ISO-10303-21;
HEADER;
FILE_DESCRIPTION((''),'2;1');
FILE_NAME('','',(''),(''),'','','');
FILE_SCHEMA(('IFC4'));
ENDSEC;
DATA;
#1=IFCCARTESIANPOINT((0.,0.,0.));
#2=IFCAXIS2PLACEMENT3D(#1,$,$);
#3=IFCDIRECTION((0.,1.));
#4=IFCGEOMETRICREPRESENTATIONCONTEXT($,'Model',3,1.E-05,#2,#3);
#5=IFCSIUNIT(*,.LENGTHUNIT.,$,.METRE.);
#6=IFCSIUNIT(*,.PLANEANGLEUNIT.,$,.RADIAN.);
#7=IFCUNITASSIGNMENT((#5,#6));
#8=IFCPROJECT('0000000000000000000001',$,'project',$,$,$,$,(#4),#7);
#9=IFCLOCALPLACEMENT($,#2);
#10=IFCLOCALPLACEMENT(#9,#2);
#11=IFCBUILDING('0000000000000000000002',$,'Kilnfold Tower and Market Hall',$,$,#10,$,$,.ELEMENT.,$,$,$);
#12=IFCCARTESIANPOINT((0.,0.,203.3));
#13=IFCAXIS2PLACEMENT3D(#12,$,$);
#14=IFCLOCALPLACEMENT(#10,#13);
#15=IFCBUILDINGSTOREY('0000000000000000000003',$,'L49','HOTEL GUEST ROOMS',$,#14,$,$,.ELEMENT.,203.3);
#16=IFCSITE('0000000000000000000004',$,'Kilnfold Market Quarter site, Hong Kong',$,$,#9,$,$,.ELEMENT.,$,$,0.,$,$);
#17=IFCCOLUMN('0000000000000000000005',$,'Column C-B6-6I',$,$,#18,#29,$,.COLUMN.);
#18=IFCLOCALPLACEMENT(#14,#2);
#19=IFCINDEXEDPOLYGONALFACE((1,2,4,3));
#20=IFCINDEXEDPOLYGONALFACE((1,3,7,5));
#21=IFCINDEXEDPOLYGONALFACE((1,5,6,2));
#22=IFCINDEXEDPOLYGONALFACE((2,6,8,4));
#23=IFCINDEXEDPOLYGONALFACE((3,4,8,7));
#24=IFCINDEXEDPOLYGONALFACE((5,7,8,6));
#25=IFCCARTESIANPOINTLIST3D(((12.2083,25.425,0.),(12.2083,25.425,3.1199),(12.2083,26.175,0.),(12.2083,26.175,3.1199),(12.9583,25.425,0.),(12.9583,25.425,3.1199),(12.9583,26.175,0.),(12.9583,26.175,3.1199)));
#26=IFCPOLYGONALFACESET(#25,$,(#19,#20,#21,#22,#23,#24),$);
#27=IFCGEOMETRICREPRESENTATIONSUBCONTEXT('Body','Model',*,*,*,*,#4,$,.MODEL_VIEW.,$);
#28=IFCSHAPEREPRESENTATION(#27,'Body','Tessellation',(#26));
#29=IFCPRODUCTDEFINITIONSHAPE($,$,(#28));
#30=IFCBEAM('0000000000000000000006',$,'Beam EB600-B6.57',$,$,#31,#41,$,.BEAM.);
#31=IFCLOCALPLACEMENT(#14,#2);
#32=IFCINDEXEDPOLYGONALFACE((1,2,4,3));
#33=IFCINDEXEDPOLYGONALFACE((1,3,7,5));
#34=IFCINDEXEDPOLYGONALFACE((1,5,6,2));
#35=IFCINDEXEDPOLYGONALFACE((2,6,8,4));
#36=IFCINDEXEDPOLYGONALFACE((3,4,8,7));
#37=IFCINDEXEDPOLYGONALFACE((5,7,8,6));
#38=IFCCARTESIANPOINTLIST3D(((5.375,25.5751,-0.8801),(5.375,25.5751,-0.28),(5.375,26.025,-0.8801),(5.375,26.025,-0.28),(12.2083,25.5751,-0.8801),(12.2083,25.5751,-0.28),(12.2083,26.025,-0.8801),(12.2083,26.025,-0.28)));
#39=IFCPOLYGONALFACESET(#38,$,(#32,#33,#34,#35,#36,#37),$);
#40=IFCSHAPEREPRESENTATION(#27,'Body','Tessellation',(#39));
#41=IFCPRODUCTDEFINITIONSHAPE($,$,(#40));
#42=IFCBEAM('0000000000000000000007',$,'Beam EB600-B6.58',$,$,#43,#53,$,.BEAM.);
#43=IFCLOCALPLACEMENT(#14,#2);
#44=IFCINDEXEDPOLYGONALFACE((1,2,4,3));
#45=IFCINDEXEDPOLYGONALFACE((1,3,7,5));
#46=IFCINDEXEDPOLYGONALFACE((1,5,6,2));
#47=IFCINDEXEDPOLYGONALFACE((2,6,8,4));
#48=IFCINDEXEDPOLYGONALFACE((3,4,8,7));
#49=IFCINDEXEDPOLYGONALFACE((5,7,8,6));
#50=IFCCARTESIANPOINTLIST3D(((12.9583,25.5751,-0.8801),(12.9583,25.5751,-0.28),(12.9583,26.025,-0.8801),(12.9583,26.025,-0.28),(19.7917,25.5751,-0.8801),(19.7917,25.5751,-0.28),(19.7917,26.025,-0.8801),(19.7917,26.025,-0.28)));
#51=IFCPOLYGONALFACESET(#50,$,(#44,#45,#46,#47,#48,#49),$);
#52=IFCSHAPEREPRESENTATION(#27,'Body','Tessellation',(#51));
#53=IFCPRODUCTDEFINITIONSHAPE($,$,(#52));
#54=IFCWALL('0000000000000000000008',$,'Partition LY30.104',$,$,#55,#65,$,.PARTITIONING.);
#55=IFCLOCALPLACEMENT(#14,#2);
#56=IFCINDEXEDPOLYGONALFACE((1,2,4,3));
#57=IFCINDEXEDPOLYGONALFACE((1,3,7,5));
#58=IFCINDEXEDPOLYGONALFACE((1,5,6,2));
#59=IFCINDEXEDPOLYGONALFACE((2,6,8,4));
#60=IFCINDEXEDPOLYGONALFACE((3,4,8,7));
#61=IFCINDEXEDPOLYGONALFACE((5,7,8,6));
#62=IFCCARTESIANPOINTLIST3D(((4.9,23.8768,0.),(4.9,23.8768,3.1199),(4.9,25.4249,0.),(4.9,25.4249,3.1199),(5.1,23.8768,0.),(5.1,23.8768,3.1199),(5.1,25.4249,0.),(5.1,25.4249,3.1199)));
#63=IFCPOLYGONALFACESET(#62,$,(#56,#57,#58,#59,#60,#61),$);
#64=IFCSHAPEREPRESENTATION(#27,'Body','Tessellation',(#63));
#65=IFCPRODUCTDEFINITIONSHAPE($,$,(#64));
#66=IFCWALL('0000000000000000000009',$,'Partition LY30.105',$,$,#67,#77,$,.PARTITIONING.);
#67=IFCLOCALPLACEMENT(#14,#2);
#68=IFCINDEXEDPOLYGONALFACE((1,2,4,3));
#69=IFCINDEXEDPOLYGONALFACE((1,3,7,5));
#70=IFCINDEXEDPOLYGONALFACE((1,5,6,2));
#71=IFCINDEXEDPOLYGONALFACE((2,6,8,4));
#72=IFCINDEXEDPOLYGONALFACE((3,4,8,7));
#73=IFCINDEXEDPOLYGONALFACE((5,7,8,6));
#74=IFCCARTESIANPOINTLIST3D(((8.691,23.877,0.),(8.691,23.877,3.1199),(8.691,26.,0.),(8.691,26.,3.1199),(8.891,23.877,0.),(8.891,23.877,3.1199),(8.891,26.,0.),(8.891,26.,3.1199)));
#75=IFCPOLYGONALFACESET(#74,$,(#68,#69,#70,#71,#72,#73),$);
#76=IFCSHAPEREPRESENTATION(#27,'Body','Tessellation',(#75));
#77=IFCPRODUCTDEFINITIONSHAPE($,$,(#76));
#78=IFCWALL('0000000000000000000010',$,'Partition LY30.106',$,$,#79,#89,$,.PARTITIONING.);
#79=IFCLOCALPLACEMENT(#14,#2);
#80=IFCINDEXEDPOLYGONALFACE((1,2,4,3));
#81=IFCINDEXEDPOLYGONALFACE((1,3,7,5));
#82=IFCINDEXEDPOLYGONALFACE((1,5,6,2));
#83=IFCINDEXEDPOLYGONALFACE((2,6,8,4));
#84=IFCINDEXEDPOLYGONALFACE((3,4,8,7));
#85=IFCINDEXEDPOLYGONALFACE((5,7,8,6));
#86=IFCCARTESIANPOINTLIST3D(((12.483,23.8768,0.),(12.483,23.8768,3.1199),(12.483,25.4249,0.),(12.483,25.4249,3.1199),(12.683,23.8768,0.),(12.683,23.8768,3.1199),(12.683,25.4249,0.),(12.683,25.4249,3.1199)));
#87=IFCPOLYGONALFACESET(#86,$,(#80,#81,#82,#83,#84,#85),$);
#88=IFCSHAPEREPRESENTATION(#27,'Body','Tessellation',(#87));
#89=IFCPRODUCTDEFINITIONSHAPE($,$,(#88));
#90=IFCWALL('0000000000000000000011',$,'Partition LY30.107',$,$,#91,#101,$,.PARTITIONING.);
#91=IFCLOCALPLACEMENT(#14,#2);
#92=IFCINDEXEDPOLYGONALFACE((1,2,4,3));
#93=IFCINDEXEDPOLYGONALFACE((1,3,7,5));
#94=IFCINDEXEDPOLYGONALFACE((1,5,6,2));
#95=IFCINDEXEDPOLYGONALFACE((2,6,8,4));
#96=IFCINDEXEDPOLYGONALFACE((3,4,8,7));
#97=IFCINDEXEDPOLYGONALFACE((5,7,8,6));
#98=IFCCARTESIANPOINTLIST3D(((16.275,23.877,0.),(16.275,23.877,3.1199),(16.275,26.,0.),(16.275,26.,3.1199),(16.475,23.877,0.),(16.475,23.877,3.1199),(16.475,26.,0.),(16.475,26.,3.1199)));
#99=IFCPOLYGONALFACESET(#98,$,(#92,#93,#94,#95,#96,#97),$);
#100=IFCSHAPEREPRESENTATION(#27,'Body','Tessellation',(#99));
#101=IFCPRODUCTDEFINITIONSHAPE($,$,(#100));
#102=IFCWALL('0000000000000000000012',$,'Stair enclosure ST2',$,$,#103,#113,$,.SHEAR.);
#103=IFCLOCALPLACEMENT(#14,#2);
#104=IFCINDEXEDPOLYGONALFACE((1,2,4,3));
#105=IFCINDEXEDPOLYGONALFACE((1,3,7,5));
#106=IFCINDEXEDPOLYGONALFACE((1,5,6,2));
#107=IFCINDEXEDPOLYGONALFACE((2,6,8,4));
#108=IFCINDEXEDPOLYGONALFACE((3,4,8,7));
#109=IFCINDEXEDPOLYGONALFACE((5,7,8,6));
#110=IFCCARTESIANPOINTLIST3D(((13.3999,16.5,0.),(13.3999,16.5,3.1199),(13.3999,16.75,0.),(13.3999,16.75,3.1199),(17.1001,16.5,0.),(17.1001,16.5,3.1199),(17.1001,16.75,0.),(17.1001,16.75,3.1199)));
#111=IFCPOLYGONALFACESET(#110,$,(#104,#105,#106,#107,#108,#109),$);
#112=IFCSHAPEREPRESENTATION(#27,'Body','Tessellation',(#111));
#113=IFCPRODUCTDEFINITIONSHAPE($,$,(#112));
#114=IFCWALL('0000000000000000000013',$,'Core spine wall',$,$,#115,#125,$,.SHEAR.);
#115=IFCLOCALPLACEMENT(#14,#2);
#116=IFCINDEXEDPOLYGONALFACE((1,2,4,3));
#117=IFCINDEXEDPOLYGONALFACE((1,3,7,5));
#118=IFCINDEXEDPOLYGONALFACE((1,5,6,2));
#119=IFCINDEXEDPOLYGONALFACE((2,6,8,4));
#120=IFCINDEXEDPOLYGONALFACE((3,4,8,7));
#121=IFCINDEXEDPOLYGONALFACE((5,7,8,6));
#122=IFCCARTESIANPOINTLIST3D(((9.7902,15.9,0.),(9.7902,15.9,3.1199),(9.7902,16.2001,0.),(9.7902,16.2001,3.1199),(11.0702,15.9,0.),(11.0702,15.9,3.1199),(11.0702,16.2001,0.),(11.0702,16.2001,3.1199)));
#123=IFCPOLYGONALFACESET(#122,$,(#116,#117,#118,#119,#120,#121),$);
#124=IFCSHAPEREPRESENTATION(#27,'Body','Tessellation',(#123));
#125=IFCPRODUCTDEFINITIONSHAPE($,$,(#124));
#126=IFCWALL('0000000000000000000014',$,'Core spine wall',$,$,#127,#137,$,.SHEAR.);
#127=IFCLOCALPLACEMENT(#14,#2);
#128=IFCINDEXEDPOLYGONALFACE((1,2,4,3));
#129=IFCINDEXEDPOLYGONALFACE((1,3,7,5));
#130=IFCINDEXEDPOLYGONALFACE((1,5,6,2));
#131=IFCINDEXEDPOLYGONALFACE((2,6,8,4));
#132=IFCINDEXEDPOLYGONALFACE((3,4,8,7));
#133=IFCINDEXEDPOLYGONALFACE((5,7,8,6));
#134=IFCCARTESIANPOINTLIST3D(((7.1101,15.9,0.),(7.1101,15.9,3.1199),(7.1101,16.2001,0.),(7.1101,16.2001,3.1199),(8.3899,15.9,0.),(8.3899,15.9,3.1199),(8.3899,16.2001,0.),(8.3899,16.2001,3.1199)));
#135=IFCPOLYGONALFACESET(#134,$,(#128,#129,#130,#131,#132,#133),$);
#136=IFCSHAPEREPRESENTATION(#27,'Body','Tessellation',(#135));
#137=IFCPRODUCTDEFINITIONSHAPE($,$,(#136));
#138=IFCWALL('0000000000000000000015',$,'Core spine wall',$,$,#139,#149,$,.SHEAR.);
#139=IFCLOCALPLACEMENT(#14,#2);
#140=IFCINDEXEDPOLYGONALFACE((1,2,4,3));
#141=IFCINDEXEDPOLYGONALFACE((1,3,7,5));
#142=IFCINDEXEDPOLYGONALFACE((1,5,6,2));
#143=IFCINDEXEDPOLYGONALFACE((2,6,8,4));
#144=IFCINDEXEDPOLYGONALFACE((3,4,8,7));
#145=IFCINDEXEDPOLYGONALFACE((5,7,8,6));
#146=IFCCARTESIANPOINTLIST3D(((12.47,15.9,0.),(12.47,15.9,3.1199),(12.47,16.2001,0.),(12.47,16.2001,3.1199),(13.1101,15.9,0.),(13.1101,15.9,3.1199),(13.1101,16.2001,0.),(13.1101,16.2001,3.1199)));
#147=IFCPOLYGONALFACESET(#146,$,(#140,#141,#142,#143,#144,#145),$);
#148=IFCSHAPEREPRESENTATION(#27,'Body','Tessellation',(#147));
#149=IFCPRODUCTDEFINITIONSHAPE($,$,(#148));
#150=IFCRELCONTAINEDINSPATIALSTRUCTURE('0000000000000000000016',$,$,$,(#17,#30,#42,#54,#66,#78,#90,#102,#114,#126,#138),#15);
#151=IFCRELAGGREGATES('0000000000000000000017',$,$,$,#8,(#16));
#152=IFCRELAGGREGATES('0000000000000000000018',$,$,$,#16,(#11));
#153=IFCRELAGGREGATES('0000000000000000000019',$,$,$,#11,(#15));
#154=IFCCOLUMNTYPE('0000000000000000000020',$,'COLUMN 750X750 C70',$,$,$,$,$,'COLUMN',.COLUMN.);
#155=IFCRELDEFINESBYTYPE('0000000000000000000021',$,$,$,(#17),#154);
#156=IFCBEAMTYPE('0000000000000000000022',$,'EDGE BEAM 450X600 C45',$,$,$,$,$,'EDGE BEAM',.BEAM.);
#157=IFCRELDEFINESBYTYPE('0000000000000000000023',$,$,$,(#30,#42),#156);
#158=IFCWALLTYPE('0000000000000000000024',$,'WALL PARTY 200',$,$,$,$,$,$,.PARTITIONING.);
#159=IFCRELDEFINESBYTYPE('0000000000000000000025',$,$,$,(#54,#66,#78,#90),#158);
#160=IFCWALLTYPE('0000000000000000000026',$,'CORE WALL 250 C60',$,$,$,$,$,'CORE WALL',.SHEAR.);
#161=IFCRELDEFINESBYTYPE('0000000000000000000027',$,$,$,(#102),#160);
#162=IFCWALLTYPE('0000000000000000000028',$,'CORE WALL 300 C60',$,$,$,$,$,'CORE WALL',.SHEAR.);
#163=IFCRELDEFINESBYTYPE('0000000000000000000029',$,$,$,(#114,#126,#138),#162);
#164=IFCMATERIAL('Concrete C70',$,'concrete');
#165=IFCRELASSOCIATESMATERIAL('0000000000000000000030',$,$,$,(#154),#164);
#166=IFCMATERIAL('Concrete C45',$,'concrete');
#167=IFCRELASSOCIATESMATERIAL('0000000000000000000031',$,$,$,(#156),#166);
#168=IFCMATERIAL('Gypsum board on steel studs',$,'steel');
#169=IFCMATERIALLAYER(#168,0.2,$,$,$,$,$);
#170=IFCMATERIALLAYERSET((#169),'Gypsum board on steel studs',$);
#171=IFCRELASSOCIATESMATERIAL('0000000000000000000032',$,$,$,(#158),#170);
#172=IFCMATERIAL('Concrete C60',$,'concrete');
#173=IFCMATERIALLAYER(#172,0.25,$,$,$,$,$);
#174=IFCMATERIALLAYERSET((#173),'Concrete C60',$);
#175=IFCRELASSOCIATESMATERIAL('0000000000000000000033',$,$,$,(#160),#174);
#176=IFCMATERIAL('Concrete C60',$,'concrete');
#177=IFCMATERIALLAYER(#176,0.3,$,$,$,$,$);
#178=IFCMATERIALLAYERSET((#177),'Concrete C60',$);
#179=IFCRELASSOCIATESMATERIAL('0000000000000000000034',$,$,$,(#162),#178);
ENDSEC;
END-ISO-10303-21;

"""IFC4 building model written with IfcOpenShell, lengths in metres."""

from ifc_helpers import new_model, si_unit, direction, frame, frame_2d, origin, origin_2d, place, context, subcontext, project, spatial, rectangle, extrude, source, transform, mapped, material, layer, layer_set, material_profile, profile_set, type_object, element, save


model = new_model("IFC4")

# Units and contexts
model_context = context("Model", 3, precision=1e-05, world=origin(), true_north=direction((0.0, 1.0)))
body_context = subcontext(model_context, "Body", "Model", "MODEL_VIEW")
ifc_project = project(units=[si_unit("LENGTHUNIT", "METRE"), si_unit("PLANEANGLEUNIT", "RADIAN")], contexts=[model_context])

# Site, building, storey
site_placement = place(None, origin())
site = spatial("IfcSite", under=ifc_project, at=site_placement, Name="Kilnfold Market Quarter site, Hong Kong", CompositionType="ELEMENT", RefElevation=0.0)
building_placement = place(site_placement, origin())
building = spatial("IfcBuilding", under=site, at=building_placement, Name="Kilnfold Tower and Market Hall", CompositionType="ELEMENT")
storey_placement = place(building_placement, frame((0.0, 0.0, 203.3)))
storey = spatial("IfcBuildingStorey", under=building, at=storey_placement, Name="L49", Description="HOTEL GUEST ROOMS", CompositionType="ELEMENT", Elevation=203.3)

# Column
ifc_material_1 = material(Name="Concrete C70", Category="concrete")
ifc_material_profile_1 = material_profile(ifc_material_1, rectangle(XDim=0.75, YDim=0.75, at=origin_2d()), Name="RC 750x750")
ifc_profile_set_1 = profile_set([ifc_material_profile_1], Name="Concrete C70")
column_type = type_object("IfcColumnType", Name="COLUMN 750X750 C70", ElementType="COLUMN", PredefinedType="COLUMN", material=ifc_profile_set_1)
shared_shape_1 = source(origin(), body_context, "Body", "SweptSolid", [
    extrude(rectangle(XDim=0.75, YDim=0.75, at=origin_2d()), origin(), (0.0, 0.0, 1.0), 3.1199),
])
column_placement = place(storey_placement, frame((12.5833, 25.8, 0.0), z_axis=(0.0, 0.0, 1.0), x_axis=(1.0, 0.0, 0.0)))
element("IfcColumn", 1, at=column_placement, inside=storey, type_object=column_type, Name="Column C-B6-6I", PredefinedType="COLUMN", context=body_context, shape_type="MappedRepresentation", body=[
    mapped(shared_shape_1, transform((0.0, 0.0, 0.0))),
])

# Beams
ifc_material_2 = material(Name="Concrete C45", Category="concrete")
ifc_material_profile_2 = material_profile(ifc_material_2, rectangle(XDim=0.45, YDim=0.6001, at=origin_2d()), Name="RC 450x600")
ifc_profile_set_2 = profile_set([ifc_material_profile_2], Name="Concrete C45")
beam_type = type_object("IfcBeamType", Name="EDGE BEAM 450X600 C45", ElementType="EDGE BEAM", PredefinedType="BEAM", material=ifc_profile_set_2)
shared_shape_2 = source(origin(), body_context, "Body", "SweptSolid", [
    extrude(rectangle(XDim=0.45, YDim=0.6001, at=origin_2d()), origin(), (0.0, 0.0, 1.0), 6.8333),
])
beam_1_placement = place(storey_placement, frame((5.375, 25.8, -0.5801), z_axis=(1.0, 0.0, 0.0), x_axis=(0.0, 1.0, 0.0)))
element("IfcBeam", 2, at=beam_1_placement, inside=storey, type_object=beam_type, Name="Beam EB600-B6.57", PredefinedType="BEAM", context=body_context, shape_type="MappedRepresentation", body=[
    mapped(shared_shape_2, transform((0.0, 0.0, 0.0))),
])
shared_shape_3 = source(origin(), body_context, "Body", "SweptSolid", [
    extrude(rectangle(XDim=0.45, YDim=0.6001, at=origin_2d()), origin(), (0.0, 0.0, 1.0), 6.8335),
])
beam_2_placement = place(storey_placement, frame((12.9583, 25.8, -0.5801), z_axis=(1.0, 0.0, 0.0), x_axis=(0.0, 1.0, 0.0)))
element("IfcBeam", 3, at=beam_2_placement, inside=storey, type_object=beam_type, Name="Beam EB600-B6.58", PredefinedType="BEAM", context=body_context, shape_type="MappedRepresentation", body=[
    mapped(shared_shape_3, transform((0.0, 0.0, 0.0))),
])

# Walls
ifc_material_3 = material(Name="Gypsum board on steel studs", Category="steel")
ifc_layer_1 = layer(ifc_material_3, 0.2)
ifc_layer_set_1 = layer_set([ifc_layer_1], Name="Gypsum board on steel studs")
wall_type_1 = type_object("IfcWallType", Name="WALL PARTY 200", PredefinedType="PARTITIONING", material=ifc_layer_set_1)
wall_1_placement = place(storey_placement, frame((5.0, 23.877, 0.0), z_axis=(0.0, 0.0, 1.0), x_axis=(0.0, 1.0, 0.0)))
element("IfcWall", 4, at=wall_1_placement, inside=storey, type_object=wall_type_1, Name="Partition LY30.104", PredefinedType="PARTITIONING", context=body_context, shape_type="SweptSolid", body=[
    extrude(rectangle(XDim=1.5481, YDim=0.2, at=frame_2d((0.7739, 0.0))), origin(), (0.0, 0.0, 1.0), 3.1199),
])
wall_2_placement = place(storey_placement, frame((8.791, 23.877, 0.0), z_axis=(0.0, 0.0, 1.0), x_axis=(0.0, 1.0, 0.0)))
element("IfcWall", 5, at=wall_2_placement, inside=storey, type_object=wall_type_1, Name="Partition LY30.105", PredefinedType="PARTITIONING", context=body_context, shape_type="SweptSolid", body=[
    extrude(rectangle(XDim=2.123, YDim=0.2, at=frame_2d((1.0615, 0.0))), origin(), (0.0, 0.0, 1.0), 3.1199),
])
wall_3_placement = place(storey_placement, frame((12.583, 23.877, 0.0), z_axis=(0.0, 0.0, 1.0), x_axis=(0.0, 1.0, 0.0)))
element("IfcWall", 6, at=wall_3_placement, inside=storey, type_object=wall_type_1, Name="Partition LY30.106", PredefinedType="PARTITIONING", context=body_context, shape_type="SweptSolid", body=[
    extrude(rectangle(XDim=1.5481, YDim=0.2, at=frame_2d((0.7739, 0.0))), origin(), (0.0, 0.0, 1.0), 3.1199),
])
wall_4_placement = place(storey_placement, frame((16.375, 23.877, 0.0), z_axis=(0.0, 0.0, 1.0), x_axis=(0.0, 1.0, 0.0)))
element("IfcWall", 7, at=wall_4_placement, inside=storey, type_object=wall_type_1, Name="Partition LY30.107", PredefinedType="PARTITIONING", context=body_context, shape_type="SweptSolid", body=[
    extrude(rectangle(XDim=2.123, YDim=0.2, at=frame_2d((1.0615, 0.0))), origin(), (0.0, 0.0, 1.0), 3.1199),
])
ifc_material_4 = material(Name="Concrete C60", Category="concrete")
ifc_layer_2 = layer(ifc_material_4, 0.25)
ifc_layer_set_2 = layer_set([ifc_layer_2], Name="Concrete C60")
wall_type_2 = type_object("IfcWallType", Name="CORE WALL 250 C60", ElementType="CORE WALL", PredefinedType="SHEAR", material=ifc_layer_set_2)
shared_shape_4 = source(origin(), body_context, "Body", "SweptSolid", [
    extrude(rectangle(XDim=3.7002, YDim=0.25, at=frame_2d((1.8501, 0.0))), origin(), (0.0, 0.0, 1.0), 3.1199),
])
wall_5_placement = place(storey_placement, frame((13.3999, 16.625, 0.0), z_axis=(0.0, 0.0, 1.0), x_axis=(1.0, 0.0, 0.0)))
element("IfcWall", 8, at=wall_5_placement, inside=storey, type_object=wall_type_2, Name="Stair enclosure ST2", PredefinedType="SHEAR", context=body_context, shape_type="MappedRepresentation", body=[
    mapped(shared_shape_4, transform((0.0, 0.0, 0.0))),
])
ifc_material_5 = material(Name="Concrete C60", Category="concrete")
ifc_layer_3 = layer(ifc_material_5, 0.3)
ifc_layer_set_3 = layer_set([ifc_layer_3], Name="Concrete C60")
wall_type_3 = type_object("IfcWallType", Name="CORE WALL 300 C60", ElementType="CORE WALL", PredefinedType="SHEAR", material=ifc_layer_set_3)
shared_shape_5 = source(origin(), body_context, "Body", "SweptSolid", [
    extrude(rectangle(XDim=1.28, YDim=0.3, at=frame_2d((0.6401, 0.0))), origin(), (0.0, 0.0, 1.0), 3.1199),
])
wall_6_placement = place(storey_placement, frame((9.79, 16.05, 0.0), z_axis=(0.0, 0.0, 1.0), x_axis=(1.0, 0.0, 0.0)))
element("IfcWall", 9, at=wall_6_placement, inside=storey, type_object=wall_type_3, Name="Core spine wall", PredefinedType="SHEAR", context=body_context, shape_type="MappedRepresentation", body=[
    mapped(shared_shape_5, transform((0.0, 0.0, 0.0))),
])
shared_shape_6 = source(origin(), body_context, "Body", "SweptSolid", [
    extrude(rectangle(XDim=1.2798, YDim=0.3, at=frame_2d((0.6399, 0.0))), origin(), (0.0, 0.0, 1.0), 3.1199),
])
wall_7_placement = place(storey_placement, frame((7.1101, 16.05, 0.0), z_axis=(0.0, 0.0, 1.0), x_axis=(1.0, 0.0, 0.0)))
element("IfcWall", 10, at=wall_7_placement, inside=storey, type_object=wall_type_3, Name="Core spine wall", PredefinedType="SHEAR", context=body_context, shape_type="MappedRepresentation", body=[
    mapped(shared_shape_6, transform((0.0, 0.0, 0.0))),
])
shared_shape_7 = source(origin(), body_context, "Body", "SweptSolid", [
    extrude(rectangle(XDim=0.6401, YDim=0.3, at=frame_2d((0.3201, 0.0))), origin(), (0.0, 0.0, 1.0), 3.1199),
])
wall_8_placement = place(storey_placement, frame((12.47, 16.05, 0.0), z_axis=(0.0, 0.0, 1.0), x_axis=(1.0, 0.0, 0.0)))
element("IfcWall", 11, at=wall_8_placement, inside=storey, type_object=wall_type_3, Name="Core spine wall", PredefinedType="SHEAR", context=body_context, shape_type="MappedRepresentation", body=[
    mapped(shared_shape_7, transform((0.0, 0.0, 0.0))),
])

save(model, "model.ifc")
